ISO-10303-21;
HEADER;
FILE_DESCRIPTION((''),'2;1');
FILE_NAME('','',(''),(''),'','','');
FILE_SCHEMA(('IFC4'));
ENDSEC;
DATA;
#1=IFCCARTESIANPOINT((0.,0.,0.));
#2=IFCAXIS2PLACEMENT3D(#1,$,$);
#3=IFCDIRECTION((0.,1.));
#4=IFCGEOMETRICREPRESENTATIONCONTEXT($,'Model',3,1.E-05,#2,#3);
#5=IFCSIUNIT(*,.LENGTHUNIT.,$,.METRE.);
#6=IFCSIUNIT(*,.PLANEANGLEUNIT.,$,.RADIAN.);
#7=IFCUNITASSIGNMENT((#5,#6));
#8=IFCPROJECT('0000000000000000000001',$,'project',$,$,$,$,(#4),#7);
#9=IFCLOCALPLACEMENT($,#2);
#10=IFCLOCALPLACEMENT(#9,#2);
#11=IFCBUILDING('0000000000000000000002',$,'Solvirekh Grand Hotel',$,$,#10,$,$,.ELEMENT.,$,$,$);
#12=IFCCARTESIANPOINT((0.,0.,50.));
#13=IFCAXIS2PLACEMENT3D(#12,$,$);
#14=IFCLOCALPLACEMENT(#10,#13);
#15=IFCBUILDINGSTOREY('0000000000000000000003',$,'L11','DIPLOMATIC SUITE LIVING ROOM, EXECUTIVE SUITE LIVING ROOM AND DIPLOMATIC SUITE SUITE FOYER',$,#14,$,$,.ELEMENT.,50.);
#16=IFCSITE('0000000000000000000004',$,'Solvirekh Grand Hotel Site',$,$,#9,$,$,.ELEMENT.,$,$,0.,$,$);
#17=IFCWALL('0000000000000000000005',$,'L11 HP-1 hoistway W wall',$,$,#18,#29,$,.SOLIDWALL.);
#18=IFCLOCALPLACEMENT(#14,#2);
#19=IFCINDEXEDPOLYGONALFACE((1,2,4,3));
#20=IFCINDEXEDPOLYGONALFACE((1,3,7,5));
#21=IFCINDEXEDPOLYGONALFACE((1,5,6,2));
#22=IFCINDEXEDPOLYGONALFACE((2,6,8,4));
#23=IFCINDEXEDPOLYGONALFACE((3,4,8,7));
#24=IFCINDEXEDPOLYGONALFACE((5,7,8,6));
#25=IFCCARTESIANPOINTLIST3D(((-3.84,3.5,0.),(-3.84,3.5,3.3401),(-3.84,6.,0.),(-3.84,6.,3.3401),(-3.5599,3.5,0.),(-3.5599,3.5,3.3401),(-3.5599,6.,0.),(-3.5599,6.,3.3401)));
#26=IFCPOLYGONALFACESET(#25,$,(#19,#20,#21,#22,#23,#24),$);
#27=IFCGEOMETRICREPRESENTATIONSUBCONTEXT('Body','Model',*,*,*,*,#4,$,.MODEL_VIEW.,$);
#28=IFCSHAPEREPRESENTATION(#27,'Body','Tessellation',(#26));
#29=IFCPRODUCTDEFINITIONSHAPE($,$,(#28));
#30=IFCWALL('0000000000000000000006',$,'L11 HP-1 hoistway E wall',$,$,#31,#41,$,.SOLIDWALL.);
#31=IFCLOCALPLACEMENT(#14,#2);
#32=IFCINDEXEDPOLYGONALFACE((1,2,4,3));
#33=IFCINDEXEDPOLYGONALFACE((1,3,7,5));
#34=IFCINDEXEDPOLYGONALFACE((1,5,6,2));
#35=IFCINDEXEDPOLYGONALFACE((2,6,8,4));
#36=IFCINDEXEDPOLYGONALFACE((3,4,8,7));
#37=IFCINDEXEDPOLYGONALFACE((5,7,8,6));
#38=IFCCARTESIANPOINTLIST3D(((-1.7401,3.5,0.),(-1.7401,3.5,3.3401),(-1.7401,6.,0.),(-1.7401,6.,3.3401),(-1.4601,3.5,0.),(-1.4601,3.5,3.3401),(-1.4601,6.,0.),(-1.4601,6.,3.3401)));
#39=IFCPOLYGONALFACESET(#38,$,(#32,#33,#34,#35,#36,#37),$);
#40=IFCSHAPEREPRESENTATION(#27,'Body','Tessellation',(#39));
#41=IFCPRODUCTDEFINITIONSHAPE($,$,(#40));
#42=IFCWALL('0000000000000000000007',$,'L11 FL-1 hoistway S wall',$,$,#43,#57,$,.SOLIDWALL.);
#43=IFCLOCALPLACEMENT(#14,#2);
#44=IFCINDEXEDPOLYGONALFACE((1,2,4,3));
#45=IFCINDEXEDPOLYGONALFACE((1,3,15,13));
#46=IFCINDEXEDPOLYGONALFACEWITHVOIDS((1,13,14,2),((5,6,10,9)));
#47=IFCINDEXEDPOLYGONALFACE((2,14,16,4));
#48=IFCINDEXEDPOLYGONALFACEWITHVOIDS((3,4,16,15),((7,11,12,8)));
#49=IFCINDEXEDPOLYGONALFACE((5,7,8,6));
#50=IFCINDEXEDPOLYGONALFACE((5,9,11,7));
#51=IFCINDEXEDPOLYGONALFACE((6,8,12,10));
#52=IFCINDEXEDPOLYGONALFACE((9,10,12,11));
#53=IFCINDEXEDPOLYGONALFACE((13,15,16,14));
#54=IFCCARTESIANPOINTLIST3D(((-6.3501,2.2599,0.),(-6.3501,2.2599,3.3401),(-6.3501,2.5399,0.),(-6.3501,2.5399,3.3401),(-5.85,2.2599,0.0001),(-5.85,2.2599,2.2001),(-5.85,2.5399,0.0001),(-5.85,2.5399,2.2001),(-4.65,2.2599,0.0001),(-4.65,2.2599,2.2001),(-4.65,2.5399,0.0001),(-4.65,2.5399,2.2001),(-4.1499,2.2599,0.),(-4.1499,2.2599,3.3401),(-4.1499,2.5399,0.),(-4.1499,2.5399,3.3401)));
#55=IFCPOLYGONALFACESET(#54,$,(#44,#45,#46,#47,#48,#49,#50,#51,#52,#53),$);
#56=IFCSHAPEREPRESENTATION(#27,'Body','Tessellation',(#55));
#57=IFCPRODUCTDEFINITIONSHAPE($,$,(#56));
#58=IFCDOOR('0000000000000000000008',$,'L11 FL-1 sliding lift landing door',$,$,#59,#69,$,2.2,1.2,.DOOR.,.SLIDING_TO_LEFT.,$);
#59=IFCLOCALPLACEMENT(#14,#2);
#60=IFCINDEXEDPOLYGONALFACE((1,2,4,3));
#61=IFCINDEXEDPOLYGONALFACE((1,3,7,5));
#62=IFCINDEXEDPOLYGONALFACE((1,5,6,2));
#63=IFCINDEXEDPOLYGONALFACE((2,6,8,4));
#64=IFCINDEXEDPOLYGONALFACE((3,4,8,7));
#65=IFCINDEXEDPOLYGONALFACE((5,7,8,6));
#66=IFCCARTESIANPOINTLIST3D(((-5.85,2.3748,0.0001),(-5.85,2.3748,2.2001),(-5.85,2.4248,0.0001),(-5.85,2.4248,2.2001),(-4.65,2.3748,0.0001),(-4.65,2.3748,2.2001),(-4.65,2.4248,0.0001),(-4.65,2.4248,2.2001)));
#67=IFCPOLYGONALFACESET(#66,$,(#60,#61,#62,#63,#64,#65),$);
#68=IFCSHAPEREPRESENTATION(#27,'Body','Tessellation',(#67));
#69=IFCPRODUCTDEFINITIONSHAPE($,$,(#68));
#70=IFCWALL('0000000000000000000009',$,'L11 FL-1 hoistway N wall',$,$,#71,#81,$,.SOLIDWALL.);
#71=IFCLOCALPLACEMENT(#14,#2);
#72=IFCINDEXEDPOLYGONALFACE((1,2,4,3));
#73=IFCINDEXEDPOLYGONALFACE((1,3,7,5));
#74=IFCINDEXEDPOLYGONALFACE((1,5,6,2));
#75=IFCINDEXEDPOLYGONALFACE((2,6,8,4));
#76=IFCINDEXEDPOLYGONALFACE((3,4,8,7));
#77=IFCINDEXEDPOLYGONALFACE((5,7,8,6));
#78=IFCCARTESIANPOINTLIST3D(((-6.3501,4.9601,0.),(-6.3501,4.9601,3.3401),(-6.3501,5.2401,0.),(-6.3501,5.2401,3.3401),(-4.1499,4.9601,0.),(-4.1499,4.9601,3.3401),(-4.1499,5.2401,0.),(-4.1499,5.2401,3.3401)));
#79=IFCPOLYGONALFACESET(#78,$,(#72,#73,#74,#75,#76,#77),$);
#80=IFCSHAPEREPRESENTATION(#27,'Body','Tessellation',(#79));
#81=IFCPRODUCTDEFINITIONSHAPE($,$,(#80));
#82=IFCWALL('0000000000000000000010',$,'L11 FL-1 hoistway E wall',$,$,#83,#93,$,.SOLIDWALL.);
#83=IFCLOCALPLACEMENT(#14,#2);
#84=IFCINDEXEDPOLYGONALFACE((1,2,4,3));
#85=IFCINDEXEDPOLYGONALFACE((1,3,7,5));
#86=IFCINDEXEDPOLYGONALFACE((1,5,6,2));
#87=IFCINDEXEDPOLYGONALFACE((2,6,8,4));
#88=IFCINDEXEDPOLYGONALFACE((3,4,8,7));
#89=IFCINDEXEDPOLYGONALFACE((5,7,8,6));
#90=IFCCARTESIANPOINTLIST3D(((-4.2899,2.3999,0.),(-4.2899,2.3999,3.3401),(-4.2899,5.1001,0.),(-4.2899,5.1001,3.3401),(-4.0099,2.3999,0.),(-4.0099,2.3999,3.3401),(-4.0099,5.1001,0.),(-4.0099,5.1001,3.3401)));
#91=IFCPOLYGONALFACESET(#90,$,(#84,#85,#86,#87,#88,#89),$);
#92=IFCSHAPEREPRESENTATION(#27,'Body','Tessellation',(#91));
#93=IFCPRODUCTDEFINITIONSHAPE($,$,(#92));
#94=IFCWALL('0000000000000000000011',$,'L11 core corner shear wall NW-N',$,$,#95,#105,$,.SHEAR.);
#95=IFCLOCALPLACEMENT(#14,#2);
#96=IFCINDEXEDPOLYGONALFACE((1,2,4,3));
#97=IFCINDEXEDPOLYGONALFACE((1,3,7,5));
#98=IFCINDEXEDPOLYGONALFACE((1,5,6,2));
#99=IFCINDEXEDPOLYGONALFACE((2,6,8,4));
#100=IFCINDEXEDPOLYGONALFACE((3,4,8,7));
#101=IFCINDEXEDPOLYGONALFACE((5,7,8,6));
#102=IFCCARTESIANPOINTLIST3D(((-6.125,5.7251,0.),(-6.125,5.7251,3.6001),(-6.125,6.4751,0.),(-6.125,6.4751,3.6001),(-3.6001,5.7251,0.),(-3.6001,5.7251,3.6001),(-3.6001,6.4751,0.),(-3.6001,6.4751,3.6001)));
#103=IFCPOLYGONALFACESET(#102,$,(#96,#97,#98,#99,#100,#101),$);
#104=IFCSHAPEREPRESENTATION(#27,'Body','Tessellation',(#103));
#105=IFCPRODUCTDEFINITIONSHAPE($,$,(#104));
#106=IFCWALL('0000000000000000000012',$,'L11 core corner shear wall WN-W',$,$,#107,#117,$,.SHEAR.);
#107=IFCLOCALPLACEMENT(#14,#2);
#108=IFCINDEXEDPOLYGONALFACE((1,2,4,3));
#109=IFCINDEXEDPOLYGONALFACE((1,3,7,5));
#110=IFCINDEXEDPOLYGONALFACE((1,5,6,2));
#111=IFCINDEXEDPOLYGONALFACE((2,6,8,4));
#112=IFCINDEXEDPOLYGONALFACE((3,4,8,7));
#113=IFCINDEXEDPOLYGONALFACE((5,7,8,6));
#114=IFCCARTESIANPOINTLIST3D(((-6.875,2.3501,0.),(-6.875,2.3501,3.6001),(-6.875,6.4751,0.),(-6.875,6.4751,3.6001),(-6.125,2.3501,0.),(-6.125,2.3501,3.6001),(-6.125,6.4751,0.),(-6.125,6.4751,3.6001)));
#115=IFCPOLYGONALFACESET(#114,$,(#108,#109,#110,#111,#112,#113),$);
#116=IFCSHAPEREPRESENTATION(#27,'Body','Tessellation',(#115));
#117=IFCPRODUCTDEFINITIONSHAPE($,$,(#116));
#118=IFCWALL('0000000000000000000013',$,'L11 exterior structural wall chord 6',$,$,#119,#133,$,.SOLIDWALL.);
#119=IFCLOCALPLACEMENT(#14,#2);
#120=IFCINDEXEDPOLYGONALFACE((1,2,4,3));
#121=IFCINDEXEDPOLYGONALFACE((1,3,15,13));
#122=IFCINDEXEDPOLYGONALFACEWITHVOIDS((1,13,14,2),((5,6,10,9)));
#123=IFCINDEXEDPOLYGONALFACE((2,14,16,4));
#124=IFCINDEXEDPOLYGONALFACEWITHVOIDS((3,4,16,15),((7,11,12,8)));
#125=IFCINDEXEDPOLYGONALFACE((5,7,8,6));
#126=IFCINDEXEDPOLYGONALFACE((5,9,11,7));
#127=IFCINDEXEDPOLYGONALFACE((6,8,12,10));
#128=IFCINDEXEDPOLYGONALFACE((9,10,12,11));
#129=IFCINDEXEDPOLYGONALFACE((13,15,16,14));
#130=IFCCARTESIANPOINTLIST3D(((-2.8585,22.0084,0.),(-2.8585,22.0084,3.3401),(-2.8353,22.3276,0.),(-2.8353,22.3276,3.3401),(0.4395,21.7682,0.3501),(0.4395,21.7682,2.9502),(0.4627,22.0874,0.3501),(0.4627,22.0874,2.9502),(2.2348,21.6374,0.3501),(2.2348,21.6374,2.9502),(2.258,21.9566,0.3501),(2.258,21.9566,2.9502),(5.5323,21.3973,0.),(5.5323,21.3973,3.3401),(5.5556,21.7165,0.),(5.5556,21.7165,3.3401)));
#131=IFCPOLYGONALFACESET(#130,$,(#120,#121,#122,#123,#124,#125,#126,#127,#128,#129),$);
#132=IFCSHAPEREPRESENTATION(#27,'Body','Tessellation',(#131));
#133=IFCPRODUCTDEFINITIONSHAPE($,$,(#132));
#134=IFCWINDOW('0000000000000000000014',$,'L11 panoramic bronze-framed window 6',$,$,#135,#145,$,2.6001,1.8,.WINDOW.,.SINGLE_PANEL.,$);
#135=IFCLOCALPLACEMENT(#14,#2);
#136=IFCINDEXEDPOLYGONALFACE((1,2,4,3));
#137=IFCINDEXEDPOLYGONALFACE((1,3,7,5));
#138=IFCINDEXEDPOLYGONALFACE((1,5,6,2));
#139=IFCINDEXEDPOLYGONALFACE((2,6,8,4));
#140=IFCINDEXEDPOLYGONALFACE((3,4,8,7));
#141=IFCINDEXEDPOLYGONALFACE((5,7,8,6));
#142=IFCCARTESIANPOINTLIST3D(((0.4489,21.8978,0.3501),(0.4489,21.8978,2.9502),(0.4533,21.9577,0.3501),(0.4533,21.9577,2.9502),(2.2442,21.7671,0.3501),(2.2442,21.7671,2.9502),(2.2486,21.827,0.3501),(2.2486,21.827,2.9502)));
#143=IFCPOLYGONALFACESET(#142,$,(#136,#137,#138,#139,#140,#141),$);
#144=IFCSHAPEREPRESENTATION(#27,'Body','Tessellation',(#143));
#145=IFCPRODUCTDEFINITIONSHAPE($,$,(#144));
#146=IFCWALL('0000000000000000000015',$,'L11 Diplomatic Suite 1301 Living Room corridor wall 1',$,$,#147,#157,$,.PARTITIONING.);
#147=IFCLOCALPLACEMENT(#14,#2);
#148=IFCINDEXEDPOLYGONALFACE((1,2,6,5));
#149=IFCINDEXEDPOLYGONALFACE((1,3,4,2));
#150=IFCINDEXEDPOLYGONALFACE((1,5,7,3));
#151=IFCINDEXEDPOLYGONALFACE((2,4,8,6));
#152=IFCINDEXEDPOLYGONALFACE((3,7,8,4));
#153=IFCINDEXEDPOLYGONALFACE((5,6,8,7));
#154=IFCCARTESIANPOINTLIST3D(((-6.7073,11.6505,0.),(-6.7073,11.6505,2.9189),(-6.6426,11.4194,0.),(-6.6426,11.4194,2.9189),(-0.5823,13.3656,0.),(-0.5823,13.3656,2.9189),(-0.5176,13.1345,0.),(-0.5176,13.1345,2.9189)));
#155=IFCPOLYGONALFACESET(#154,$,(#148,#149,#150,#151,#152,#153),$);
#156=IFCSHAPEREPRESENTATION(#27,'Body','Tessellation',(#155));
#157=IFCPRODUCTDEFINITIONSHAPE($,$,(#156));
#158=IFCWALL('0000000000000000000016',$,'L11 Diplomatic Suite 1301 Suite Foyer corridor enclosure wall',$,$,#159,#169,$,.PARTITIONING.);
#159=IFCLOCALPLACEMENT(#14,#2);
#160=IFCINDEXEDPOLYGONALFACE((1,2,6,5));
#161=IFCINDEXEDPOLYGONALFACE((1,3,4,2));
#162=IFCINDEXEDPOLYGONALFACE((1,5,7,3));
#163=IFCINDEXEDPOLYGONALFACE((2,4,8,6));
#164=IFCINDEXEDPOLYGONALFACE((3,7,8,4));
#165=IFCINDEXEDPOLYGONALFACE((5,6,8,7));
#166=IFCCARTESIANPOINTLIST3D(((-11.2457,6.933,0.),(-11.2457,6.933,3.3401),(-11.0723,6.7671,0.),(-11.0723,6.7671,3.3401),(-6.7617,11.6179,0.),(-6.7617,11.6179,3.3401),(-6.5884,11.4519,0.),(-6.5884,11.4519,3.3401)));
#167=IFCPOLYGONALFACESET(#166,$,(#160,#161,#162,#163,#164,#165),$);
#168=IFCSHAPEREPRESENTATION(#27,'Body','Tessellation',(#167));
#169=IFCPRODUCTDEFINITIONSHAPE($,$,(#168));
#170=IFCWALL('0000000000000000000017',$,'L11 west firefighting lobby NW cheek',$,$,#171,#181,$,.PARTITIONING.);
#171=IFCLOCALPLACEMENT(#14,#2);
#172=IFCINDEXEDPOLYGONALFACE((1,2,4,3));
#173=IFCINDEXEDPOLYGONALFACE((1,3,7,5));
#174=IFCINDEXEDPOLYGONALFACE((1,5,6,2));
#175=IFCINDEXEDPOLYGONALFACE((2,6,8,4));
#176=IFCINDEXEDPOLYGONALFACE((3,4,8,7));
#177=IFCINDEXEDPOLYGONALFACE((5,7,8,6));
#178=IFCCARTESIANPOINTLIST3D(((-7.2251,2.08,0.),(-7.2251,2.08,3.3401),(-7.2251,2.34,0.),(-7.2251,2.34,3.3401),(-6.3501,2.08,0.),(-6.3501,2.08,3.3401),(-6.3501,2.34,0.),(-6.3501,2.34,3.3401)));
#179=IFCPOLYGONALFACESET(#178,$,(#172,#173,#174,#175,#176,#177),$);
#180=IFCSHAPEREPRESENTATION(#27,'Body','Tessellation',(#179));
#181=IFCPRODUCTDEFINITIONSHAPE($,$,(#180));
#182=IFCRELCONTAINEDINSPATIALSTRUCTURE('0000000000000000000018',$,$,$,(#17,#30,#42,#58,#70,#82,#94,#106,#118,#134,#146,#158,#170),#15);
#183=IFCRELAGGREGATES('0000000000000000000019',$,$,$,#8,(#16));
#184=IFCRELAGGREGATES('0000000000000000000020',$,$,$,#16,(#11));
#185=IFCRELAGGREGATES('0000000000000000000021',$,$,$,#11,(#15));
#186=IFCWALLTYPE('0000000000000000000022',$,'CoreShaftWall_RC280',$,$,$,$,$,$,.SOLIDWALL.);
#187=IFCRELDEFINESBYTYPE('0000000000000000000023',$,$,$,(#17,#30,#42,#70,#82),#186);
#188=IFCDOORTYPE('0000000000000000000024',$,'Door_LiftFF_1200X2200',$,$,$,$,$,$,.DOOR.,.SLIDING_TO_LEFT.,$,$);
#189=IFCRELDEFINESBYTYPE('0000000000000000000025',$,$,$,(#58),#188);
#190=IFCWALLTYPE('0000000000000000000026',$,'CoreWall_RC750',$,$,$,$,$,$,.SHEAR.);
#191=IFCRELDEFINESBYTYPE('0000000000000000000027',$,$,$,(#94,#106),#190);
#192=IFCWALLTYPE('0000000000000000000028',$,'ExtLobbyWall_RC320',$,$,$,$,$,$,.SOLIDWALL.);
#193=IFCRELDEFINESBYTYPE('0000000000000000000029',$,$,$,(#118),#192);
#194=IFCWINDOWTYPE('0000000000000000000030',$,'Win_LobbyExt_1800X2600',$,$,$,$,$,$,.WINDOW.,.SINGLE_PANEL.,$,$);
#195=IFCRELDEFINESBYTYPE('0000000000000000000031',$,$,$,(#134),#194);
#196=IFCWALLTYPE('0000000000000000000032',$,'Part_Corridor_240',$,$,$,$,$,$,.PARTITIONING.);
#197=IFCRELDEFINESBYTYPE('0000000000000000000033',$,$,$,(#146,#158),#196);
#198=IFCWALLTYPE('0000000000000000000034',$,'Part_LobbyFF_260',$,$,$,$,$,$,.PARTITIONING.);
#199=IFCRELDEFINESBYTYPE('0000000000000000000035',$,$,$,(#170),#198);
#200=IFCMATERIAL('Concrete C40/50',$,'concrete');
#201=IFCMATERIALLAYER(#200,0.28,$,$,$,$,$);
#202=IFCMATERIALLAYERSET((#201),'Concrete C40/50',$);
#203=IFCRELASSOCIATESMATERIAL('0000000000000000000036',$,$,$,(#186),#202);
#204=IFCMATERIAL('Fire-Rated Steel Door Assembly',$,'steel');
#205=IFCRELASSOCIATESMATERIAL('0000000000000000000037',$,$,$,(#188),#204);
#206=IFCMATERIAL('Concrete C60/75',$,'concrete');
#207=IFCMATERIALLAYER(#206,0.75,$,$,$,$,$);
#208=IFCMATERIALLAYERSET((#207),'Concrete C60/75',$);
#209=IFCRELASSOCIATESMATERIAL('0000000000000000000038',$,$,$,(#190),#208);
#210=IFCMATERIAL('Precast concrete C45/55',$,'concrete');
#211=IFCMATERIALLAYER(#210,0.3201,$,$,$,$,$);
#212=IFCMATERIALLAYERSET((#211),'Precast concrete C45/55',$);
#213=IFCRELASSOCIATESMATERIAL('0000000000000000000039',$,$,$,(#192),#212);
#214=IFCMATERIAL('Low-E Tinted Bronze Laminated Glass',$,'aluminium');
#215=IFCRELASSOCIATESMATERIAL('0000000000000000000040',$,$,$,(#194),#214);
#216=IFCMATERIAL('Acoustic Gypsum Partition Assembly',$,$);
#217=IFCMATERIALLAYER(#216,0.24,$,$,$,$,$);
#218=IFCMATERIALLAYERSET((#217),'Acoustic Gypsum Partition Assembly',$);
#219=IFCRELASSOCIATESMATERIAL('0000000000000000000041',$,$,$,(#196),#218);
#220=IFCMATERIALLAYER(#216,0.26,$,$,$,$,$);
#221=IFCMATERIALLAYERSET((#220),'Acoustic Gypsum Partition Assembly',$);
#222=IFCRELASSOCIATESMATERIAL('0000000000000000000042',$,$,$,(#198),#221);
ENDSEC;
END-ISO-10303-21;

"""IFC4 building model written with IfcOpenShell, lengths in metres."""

from ifc_helpers import new_model, si_unit, direction, frame, frame_2d, origin, place, context, subcontext, project, spatial, rectangle, extrude, material, layer, layer_set, type_object, element, fill, save


model = new_model("IFC4")

# Units and contexts
model_context = context("Model", 3, precision=1e-05, world=origin(), true_north=direction((0.0, 1.0)))
body_context = subcontext(model_context, "Body", "Model", "MODEL_VIEW")
ifc_project = project(units=[si_unit("LENGTHUNIT", "METRE"), si_unit("PLANEANGLEUNIT", "RADIAN")], contexts=[model_context])

# Site, building, storey
site_placement = place(None, origin())
site = spatial("IfcSite", under=ifc_project, at=site_placement, Name="Solvirekh Grand Hotel Site", CompositionType="ELEMENT", RefElevation=0.0)
building_placement = place(site_placement, origin())
building = spatial("IfcBuilding", under=site, at=building_placement, Name="Solvirekh Grand Hotel", CompositionType="ELEMENT")
storey_placement = place(building_placement, frame((0.0, 0.0, 50.0)))
storey = spatial("IfcBuildingStorey", under=building, at=storey_placement, Name="L11", Description="DIPLOMATIC SUITE LIVING ROOM, EXECUTIVE SUITE LIVING ROOM AND DIPLOMATIC SUITE SUITE FOYER", CompositionType="ELEMENT", Elevation=50.0)

# Shared definitions
ifc_material_1 = material(Name="Concrete C60/75", Category="concrete")

# Shared definitions
ifc_material_2 = material(Name="Concrete C40/50", Category="concrete")

# Walls
ifc_layer_1 = layer(ifc_material_2, 0.28)
ifc_layer_set_1 = layer_set([ifc_layer_1], Name="Concrete C40/50")
wall_type_1 = type_object("IfcWallType", Name="CoreShaftWall_RC280", PredefinedType="SOLIDWALL", material=ifc_layer_set_1)
for number, where, z_axis, x_axis, name in (
    (1, (-3.7, 6.0, 0.0), (0.0, 0.0, 1.0), (0.0, -1.0, 0.0), "L11 HP-1 hoistway W wall"),
    (2, (-1.6001, 3.5, 0.0), (0.0, 0.0, 1.0), (0.0, 1.0, 0.0), "L11 HP-1 hoistway E wall"),
):
    element("IfcWall", number, at=place(storey_placement, frame(where, z_axis=z_axis, x_axis=x_axis)), inside=storey, type_object=wall_type_1, Name=name, PredefinedType="SOLIDWALL", context=body_context, shape_type="SweptSolid", body=[
        extrude(rectangle(XDim=2.5, YDim=0.28, at=frame_2d((1.25, 0.0))), origin(), (0.0, 0.0, 1.0), 3.3401),
    ])

# Wall, opening, door
wall_1_placement = place(storey_placement, frame((-6.3501, 2.3999, 0.0), z_axis=(0.0, 0.0, 1.0), x_axis=(1.0, 0.0, 0.0)))
wall_1 = element("IfcWall", 3, at=wall_1_placement, inside=storey, type_object=wall_type_1, Name="L11 FL-1 hoistway S wall", PredefinedType="SOLIDWALL", context=body_context, shape_type="SweptSolid", body=[
    extrude(rectangle(XDim=2.2002, YDim=0.28, at=frame_2d((1.1001, 0.0))), origin(), (0.0, 0.0, 1.0), 3.3401),
])
opening_1_placement = place(wall_1_placement, frame((0.5, 0.0, 0.0)))
opening_1 = element("IfcOpeningElement", 4, at=opening_1_placement, cuts=wall_1, PredefinedType="OPENING", context=body_context, shape_type="SweptSolid", body=[
    extrude(rectangle(XDim=1.2, YDim=2.2, at=frame_2d((0.6001, 1.1001))), frame((0.0, 0.1499, 0.0), z_axis=(0.0, -1.0, 0.0), x_axis=(1.0, 0.0, 0.0)), (0.0, 0.0, 1.0), 0.3),
])
ifc_material_3 = material(Name="Fire-Rated Steel Door Assembly", Category="steel")
door_type_1 = type_object("IfcDoorType", Name="Door_LiftFF_1200X2200", OperationType="SLIDING_TO_LEFT", PredefinedType="DOOR", material=ifc_material_3)
door_1_placement = place(opening_1_placement, origin())
door_1 = element("IfcDoor", 5, at=door_1_placement, inside=storey, type_object=door_type_1, Name="L11 FL-1 sliding lift landing door", OperationType="SLIDING_TO_LEFT", OverallHeight=2.2, OverallWidth=1.2, PredefinedType="DOOR", context=body_context, shape_type="SweptSolid", body=[
    extrude(rectangle(XDim=1.2, YDim=2.2, at=frame_2d((0.6001, 1.1001))), frame((0.0, 0.0249, 0.0), z_axis=(0.0, -1.0, 0.0), x_axis=(1.0, 0.0, 0.0)), (0.0, 0.0, 1.0), 0.05),
])
fill(opening_1, door_1)

# Walls
wall_2_placement = place(storey_placement, frame((-4.1499, 5.1001, 0.0), z_axis=(0.0, 0.0, 1.0), x_axis=(-1.0, 0.0, 0.0)))
element("IfcWall", 6, at=wall_2_placement, inside=storey, type_object=wall_type_1, Name="L11 FL-1 hoistway N wall", PredefinedType="SOLIDWALL", context=body_context, shape_type="SweptSolid", body=[
    extrude(rectangle(XDim=2.2002, YDim=0.28, at=frame_2d((1.1001, 0.0))), origin(), (0.0, 0.0, 1.0), 3.3401),
])
wall_3_placement = place(storey_placement, frame((-4.1499, 2.3999, 0.0), z_axis=(0.0, 0.0, 1.0), x_axis=(0.0, 1.0, 0.0)))
element("IfcWall", 7, at=wall_3_placement, inside=storey, type_object=wall_type_1, Name="L11 FL-1 hoistway E wall", PredefinedType="SOLIDWALL", context=body_context, shape_type="SweptSolid", body=[
    extrude(rectangle(XDim=2.7002, YDim=0.28, at=frame_2d((1.3501, 0.0))), origin(), (0.0, 0.0, 1.0), 3.3401),
])
ifc_layer_2 = layer(ifc_material_1, 0.75)
ifc_layer_set_2 = layer_set([ifc_layer_2], Name="Concrete C60/75")
wall_type_2 = type_object("IfcWallType", Name="CoreWall_RC750", PredefinedType="SHEAR", material=ifc_layer_set_2)
wall_4_placement = place(storey_placement, frame((-6.125, 6.1001, 0.0), z_axis=(0.0, 0.0, 1.0), x_axis=(1.0, 0.0, 0.0)))
element("IfcWall", 8, at=wall_4_placement, inside=storey, type_object=wall_type_2, Name="L11 core corner shear wall NW-N", PredefinedType="SHEAR", context=body_context, shape_type="SweptSolid", body=[
    extrude(rectangle(XDim=2.5249, YDim=0.75, at=frame_2d((1.2625, 0.0))), origin(), (0.0, 0.0, 1.0), 3.6001),
])
wall_5_placement = place(storey_placement, frame((-6.5, 2.3501, 0.0), z_axis=(0.0, 0.0, 1.0), x_axis=(0.0, 1.0, 0.0)))
element("IfcWall", 9, at=wall_5_placement, inside=storey, type_object=wall_type_2, Name="L11 core corner shear wall WN-W", PredefinedType="SHEAR", context=body_context, shape_type="SweptSolid", body=[
    extrude(rectangle(XDim=4.125, YDim=0.75, at=frame_2d((2.0625, 0.0))), origin(), (0.0, 0.0, 1.0), 3.6001),
])

# Wall, opening, window
ifc_material_4 = material(Name="Precast concrete C45/55", Category="concrete")
ifc_layer_3 = layer(ifc_material_4, 0.3201)
ifc_layer_set_3 = layer_set([ifc_layer_3], Name="Precast concrete C45/55")
wall_type_3 = type_object("IfcWallType", Name="ExtLobbyWall_RC320", PredefinedType="SOLIDWALL", material=ifc_layer_set_3)
wall_6_placement = place(storey_placement, frame((-2.8469, 22.168, 0.0), z_axis=(0.0, 0.0, 1.0), x_axis=(0.997359, -0.072635, 0.0)))
wall_6 = element("IfcWall", 10, at=wall_6_placement, inside=storey, type_object=wall_type_3, Name="L11 exterior structural wall chord 6", PredefinedType="SOLIDWALL", context=body_context, shape_type="SweptSolid", body=[
    extrude(rectangle(XDim=8.4131, YDim=0.3201, at=frame_2d((4.2065, 0.0))), origin(), (0.0, 0.0, 1.0), 3.3401),
])
opening_2_placement = place(wall_6_placement, frame((3.3069, 0.0, 0.3501)))
opening_2 = element("IfcOpeningElement", 11, at=opening_2_placement, cuts=wall_6, PredefinedType="OPENING", context=body_context, shape_type="SweptSolid", body=[
    extrude(rectangle(XDim=1.8, YDim=2.6001, at=frame_2d((0.8999, 1.3))), frame((0.0, 0.1699, 0.0), z_axis=(0.0, -1.0, 0.0), x_axis=(1.0, 0.0, 0.0)), (0.0, 0.0, 1.0), 0.3401),
])
ifc_material_5 = material(Name="Low-E Tinted Bronze Laminated Glass", Category="aluminium")
window_type = type_object("IfcWindowType", Name="Win_LobbyExt_1800X2600", PartitioningType="SINGLE_PANEL", PredefinedType="WINDOW", material=ifc_material_5)
window_placement = place(opening_2_placement, origin())
window = element("IfcWindow", 12, at=window_placement, inside=storey, type_object=window_type, Name="L11 panoramic bronze-framed window 6", OverallHeight=2.6001, OverallWidth=1.8, PartitioningType="SINGLE_PANEL", PredefinedType="WINDOW", context=body_context, shape_type="SweptSolid", body=[
    extrude(rectangle(XDim=1.8, YDim=2.6001, at=frame_2d((0.8999, 1.3))), frame((0.0, 0.03, 0.0), z_axis=(0.0, -1.0, 0.0), x_axis=(1.0, 0.0, 0.0)), (0.0, 0.0, 1.0), 0.0601),
])
fill(opening_2, window)

# Walls
ifc_material_6 = material(Name="Acoustic Gypsum Partition Assembly")
ifc_layer_4 = layer(ifc_material_6, 0.24)
ifc_layer_set_4 = layer_set([ifc_layer_4], Name="Acoustic Gypsum Partition Assembly")
wall_type_4 = type_object("IfcWallType", Name="Part_Corridor_240", PredefinedType="PARTITIONING", material=ifc_layer_set_4)
wall_7_placement = place(storey_placement, frame((-0.55, 13.25, 0.0), z_axis=(0.0, 0.0, 1.0), x_axis=(-0.96296, -0.269643, 0.0)))
element("IfcWall", 13, at=wall_7_placement, inside=storey, type_object=wall_type_4, Name="L11 Diplomatic Suite 1301 Living Room corridor wall 1", PredefinedType="PARTITIONING", context=body_context, shape_type="SweptSolid", body=[
    extrude(rectangle(XDim=6.3606, YDim=0.24, at=frame_2d((3.1802, 0.0))), origin(), (0.0, 0.0, 1.0), 2.9189),
])
wall_8_placement = place(storey_placement, frame((-6.675, 11.5349, 0.0), z_axis=(0.0, 0.0, 1.0), x_axis=(-0.691445, -0.722429, 0.0)))
element("IfcWall", 14, at=wall_8_placement, inside=storey, type_object=wall_type_4, Name="L11 Diplomatic Suite 1301 Suite Foyer corridor enclosure wall", PredefinedType="PARTITIONING", context=body_context, shape_type="SweptSolid", body=[
    extrude(rectangle(XDim=6.4849, YDim=0.24, at=frame_2d((3.2424, 0.0))), origin(), (0.0, 0.0, 1.0), 3.3401),
])
ifc_layer_5 = layer(ifc_material_6, 0.26)
ifc_layer_set_5 = layer_set([ifc_layer_5], Name="Acoustic Gypsum Partition Assembly")
wall_type_5 = type_object("IfcWallType", Name="Part_LobbyFF_260", PredefinedType="PARTITIONING", material=ifc_layer_set_5)
wall_9_placement = place(storey_placement, frame((-7.2251, 2.21, 0.0), z_axis=(0.0, 0.0, 1.0), x_axis=(1.0, 0.0, 0.0)))
element("IfcWall", 15, at=wall_9_placement, inside=storey, type_object=wall_type_5, Name="L11 west firefighting lobby NW cheek", PredefinedType="PARTITIONING", context=body_context, shape_type="SweptSolid", body=[
    extrude(rectangle(XDim=0.875, YDim=0.26, at=frame_2d((0.4375, 0.0))), origin(), (0.0, 0.0, 1.0), 3.3401),
])

save(model, "model.ifc")
